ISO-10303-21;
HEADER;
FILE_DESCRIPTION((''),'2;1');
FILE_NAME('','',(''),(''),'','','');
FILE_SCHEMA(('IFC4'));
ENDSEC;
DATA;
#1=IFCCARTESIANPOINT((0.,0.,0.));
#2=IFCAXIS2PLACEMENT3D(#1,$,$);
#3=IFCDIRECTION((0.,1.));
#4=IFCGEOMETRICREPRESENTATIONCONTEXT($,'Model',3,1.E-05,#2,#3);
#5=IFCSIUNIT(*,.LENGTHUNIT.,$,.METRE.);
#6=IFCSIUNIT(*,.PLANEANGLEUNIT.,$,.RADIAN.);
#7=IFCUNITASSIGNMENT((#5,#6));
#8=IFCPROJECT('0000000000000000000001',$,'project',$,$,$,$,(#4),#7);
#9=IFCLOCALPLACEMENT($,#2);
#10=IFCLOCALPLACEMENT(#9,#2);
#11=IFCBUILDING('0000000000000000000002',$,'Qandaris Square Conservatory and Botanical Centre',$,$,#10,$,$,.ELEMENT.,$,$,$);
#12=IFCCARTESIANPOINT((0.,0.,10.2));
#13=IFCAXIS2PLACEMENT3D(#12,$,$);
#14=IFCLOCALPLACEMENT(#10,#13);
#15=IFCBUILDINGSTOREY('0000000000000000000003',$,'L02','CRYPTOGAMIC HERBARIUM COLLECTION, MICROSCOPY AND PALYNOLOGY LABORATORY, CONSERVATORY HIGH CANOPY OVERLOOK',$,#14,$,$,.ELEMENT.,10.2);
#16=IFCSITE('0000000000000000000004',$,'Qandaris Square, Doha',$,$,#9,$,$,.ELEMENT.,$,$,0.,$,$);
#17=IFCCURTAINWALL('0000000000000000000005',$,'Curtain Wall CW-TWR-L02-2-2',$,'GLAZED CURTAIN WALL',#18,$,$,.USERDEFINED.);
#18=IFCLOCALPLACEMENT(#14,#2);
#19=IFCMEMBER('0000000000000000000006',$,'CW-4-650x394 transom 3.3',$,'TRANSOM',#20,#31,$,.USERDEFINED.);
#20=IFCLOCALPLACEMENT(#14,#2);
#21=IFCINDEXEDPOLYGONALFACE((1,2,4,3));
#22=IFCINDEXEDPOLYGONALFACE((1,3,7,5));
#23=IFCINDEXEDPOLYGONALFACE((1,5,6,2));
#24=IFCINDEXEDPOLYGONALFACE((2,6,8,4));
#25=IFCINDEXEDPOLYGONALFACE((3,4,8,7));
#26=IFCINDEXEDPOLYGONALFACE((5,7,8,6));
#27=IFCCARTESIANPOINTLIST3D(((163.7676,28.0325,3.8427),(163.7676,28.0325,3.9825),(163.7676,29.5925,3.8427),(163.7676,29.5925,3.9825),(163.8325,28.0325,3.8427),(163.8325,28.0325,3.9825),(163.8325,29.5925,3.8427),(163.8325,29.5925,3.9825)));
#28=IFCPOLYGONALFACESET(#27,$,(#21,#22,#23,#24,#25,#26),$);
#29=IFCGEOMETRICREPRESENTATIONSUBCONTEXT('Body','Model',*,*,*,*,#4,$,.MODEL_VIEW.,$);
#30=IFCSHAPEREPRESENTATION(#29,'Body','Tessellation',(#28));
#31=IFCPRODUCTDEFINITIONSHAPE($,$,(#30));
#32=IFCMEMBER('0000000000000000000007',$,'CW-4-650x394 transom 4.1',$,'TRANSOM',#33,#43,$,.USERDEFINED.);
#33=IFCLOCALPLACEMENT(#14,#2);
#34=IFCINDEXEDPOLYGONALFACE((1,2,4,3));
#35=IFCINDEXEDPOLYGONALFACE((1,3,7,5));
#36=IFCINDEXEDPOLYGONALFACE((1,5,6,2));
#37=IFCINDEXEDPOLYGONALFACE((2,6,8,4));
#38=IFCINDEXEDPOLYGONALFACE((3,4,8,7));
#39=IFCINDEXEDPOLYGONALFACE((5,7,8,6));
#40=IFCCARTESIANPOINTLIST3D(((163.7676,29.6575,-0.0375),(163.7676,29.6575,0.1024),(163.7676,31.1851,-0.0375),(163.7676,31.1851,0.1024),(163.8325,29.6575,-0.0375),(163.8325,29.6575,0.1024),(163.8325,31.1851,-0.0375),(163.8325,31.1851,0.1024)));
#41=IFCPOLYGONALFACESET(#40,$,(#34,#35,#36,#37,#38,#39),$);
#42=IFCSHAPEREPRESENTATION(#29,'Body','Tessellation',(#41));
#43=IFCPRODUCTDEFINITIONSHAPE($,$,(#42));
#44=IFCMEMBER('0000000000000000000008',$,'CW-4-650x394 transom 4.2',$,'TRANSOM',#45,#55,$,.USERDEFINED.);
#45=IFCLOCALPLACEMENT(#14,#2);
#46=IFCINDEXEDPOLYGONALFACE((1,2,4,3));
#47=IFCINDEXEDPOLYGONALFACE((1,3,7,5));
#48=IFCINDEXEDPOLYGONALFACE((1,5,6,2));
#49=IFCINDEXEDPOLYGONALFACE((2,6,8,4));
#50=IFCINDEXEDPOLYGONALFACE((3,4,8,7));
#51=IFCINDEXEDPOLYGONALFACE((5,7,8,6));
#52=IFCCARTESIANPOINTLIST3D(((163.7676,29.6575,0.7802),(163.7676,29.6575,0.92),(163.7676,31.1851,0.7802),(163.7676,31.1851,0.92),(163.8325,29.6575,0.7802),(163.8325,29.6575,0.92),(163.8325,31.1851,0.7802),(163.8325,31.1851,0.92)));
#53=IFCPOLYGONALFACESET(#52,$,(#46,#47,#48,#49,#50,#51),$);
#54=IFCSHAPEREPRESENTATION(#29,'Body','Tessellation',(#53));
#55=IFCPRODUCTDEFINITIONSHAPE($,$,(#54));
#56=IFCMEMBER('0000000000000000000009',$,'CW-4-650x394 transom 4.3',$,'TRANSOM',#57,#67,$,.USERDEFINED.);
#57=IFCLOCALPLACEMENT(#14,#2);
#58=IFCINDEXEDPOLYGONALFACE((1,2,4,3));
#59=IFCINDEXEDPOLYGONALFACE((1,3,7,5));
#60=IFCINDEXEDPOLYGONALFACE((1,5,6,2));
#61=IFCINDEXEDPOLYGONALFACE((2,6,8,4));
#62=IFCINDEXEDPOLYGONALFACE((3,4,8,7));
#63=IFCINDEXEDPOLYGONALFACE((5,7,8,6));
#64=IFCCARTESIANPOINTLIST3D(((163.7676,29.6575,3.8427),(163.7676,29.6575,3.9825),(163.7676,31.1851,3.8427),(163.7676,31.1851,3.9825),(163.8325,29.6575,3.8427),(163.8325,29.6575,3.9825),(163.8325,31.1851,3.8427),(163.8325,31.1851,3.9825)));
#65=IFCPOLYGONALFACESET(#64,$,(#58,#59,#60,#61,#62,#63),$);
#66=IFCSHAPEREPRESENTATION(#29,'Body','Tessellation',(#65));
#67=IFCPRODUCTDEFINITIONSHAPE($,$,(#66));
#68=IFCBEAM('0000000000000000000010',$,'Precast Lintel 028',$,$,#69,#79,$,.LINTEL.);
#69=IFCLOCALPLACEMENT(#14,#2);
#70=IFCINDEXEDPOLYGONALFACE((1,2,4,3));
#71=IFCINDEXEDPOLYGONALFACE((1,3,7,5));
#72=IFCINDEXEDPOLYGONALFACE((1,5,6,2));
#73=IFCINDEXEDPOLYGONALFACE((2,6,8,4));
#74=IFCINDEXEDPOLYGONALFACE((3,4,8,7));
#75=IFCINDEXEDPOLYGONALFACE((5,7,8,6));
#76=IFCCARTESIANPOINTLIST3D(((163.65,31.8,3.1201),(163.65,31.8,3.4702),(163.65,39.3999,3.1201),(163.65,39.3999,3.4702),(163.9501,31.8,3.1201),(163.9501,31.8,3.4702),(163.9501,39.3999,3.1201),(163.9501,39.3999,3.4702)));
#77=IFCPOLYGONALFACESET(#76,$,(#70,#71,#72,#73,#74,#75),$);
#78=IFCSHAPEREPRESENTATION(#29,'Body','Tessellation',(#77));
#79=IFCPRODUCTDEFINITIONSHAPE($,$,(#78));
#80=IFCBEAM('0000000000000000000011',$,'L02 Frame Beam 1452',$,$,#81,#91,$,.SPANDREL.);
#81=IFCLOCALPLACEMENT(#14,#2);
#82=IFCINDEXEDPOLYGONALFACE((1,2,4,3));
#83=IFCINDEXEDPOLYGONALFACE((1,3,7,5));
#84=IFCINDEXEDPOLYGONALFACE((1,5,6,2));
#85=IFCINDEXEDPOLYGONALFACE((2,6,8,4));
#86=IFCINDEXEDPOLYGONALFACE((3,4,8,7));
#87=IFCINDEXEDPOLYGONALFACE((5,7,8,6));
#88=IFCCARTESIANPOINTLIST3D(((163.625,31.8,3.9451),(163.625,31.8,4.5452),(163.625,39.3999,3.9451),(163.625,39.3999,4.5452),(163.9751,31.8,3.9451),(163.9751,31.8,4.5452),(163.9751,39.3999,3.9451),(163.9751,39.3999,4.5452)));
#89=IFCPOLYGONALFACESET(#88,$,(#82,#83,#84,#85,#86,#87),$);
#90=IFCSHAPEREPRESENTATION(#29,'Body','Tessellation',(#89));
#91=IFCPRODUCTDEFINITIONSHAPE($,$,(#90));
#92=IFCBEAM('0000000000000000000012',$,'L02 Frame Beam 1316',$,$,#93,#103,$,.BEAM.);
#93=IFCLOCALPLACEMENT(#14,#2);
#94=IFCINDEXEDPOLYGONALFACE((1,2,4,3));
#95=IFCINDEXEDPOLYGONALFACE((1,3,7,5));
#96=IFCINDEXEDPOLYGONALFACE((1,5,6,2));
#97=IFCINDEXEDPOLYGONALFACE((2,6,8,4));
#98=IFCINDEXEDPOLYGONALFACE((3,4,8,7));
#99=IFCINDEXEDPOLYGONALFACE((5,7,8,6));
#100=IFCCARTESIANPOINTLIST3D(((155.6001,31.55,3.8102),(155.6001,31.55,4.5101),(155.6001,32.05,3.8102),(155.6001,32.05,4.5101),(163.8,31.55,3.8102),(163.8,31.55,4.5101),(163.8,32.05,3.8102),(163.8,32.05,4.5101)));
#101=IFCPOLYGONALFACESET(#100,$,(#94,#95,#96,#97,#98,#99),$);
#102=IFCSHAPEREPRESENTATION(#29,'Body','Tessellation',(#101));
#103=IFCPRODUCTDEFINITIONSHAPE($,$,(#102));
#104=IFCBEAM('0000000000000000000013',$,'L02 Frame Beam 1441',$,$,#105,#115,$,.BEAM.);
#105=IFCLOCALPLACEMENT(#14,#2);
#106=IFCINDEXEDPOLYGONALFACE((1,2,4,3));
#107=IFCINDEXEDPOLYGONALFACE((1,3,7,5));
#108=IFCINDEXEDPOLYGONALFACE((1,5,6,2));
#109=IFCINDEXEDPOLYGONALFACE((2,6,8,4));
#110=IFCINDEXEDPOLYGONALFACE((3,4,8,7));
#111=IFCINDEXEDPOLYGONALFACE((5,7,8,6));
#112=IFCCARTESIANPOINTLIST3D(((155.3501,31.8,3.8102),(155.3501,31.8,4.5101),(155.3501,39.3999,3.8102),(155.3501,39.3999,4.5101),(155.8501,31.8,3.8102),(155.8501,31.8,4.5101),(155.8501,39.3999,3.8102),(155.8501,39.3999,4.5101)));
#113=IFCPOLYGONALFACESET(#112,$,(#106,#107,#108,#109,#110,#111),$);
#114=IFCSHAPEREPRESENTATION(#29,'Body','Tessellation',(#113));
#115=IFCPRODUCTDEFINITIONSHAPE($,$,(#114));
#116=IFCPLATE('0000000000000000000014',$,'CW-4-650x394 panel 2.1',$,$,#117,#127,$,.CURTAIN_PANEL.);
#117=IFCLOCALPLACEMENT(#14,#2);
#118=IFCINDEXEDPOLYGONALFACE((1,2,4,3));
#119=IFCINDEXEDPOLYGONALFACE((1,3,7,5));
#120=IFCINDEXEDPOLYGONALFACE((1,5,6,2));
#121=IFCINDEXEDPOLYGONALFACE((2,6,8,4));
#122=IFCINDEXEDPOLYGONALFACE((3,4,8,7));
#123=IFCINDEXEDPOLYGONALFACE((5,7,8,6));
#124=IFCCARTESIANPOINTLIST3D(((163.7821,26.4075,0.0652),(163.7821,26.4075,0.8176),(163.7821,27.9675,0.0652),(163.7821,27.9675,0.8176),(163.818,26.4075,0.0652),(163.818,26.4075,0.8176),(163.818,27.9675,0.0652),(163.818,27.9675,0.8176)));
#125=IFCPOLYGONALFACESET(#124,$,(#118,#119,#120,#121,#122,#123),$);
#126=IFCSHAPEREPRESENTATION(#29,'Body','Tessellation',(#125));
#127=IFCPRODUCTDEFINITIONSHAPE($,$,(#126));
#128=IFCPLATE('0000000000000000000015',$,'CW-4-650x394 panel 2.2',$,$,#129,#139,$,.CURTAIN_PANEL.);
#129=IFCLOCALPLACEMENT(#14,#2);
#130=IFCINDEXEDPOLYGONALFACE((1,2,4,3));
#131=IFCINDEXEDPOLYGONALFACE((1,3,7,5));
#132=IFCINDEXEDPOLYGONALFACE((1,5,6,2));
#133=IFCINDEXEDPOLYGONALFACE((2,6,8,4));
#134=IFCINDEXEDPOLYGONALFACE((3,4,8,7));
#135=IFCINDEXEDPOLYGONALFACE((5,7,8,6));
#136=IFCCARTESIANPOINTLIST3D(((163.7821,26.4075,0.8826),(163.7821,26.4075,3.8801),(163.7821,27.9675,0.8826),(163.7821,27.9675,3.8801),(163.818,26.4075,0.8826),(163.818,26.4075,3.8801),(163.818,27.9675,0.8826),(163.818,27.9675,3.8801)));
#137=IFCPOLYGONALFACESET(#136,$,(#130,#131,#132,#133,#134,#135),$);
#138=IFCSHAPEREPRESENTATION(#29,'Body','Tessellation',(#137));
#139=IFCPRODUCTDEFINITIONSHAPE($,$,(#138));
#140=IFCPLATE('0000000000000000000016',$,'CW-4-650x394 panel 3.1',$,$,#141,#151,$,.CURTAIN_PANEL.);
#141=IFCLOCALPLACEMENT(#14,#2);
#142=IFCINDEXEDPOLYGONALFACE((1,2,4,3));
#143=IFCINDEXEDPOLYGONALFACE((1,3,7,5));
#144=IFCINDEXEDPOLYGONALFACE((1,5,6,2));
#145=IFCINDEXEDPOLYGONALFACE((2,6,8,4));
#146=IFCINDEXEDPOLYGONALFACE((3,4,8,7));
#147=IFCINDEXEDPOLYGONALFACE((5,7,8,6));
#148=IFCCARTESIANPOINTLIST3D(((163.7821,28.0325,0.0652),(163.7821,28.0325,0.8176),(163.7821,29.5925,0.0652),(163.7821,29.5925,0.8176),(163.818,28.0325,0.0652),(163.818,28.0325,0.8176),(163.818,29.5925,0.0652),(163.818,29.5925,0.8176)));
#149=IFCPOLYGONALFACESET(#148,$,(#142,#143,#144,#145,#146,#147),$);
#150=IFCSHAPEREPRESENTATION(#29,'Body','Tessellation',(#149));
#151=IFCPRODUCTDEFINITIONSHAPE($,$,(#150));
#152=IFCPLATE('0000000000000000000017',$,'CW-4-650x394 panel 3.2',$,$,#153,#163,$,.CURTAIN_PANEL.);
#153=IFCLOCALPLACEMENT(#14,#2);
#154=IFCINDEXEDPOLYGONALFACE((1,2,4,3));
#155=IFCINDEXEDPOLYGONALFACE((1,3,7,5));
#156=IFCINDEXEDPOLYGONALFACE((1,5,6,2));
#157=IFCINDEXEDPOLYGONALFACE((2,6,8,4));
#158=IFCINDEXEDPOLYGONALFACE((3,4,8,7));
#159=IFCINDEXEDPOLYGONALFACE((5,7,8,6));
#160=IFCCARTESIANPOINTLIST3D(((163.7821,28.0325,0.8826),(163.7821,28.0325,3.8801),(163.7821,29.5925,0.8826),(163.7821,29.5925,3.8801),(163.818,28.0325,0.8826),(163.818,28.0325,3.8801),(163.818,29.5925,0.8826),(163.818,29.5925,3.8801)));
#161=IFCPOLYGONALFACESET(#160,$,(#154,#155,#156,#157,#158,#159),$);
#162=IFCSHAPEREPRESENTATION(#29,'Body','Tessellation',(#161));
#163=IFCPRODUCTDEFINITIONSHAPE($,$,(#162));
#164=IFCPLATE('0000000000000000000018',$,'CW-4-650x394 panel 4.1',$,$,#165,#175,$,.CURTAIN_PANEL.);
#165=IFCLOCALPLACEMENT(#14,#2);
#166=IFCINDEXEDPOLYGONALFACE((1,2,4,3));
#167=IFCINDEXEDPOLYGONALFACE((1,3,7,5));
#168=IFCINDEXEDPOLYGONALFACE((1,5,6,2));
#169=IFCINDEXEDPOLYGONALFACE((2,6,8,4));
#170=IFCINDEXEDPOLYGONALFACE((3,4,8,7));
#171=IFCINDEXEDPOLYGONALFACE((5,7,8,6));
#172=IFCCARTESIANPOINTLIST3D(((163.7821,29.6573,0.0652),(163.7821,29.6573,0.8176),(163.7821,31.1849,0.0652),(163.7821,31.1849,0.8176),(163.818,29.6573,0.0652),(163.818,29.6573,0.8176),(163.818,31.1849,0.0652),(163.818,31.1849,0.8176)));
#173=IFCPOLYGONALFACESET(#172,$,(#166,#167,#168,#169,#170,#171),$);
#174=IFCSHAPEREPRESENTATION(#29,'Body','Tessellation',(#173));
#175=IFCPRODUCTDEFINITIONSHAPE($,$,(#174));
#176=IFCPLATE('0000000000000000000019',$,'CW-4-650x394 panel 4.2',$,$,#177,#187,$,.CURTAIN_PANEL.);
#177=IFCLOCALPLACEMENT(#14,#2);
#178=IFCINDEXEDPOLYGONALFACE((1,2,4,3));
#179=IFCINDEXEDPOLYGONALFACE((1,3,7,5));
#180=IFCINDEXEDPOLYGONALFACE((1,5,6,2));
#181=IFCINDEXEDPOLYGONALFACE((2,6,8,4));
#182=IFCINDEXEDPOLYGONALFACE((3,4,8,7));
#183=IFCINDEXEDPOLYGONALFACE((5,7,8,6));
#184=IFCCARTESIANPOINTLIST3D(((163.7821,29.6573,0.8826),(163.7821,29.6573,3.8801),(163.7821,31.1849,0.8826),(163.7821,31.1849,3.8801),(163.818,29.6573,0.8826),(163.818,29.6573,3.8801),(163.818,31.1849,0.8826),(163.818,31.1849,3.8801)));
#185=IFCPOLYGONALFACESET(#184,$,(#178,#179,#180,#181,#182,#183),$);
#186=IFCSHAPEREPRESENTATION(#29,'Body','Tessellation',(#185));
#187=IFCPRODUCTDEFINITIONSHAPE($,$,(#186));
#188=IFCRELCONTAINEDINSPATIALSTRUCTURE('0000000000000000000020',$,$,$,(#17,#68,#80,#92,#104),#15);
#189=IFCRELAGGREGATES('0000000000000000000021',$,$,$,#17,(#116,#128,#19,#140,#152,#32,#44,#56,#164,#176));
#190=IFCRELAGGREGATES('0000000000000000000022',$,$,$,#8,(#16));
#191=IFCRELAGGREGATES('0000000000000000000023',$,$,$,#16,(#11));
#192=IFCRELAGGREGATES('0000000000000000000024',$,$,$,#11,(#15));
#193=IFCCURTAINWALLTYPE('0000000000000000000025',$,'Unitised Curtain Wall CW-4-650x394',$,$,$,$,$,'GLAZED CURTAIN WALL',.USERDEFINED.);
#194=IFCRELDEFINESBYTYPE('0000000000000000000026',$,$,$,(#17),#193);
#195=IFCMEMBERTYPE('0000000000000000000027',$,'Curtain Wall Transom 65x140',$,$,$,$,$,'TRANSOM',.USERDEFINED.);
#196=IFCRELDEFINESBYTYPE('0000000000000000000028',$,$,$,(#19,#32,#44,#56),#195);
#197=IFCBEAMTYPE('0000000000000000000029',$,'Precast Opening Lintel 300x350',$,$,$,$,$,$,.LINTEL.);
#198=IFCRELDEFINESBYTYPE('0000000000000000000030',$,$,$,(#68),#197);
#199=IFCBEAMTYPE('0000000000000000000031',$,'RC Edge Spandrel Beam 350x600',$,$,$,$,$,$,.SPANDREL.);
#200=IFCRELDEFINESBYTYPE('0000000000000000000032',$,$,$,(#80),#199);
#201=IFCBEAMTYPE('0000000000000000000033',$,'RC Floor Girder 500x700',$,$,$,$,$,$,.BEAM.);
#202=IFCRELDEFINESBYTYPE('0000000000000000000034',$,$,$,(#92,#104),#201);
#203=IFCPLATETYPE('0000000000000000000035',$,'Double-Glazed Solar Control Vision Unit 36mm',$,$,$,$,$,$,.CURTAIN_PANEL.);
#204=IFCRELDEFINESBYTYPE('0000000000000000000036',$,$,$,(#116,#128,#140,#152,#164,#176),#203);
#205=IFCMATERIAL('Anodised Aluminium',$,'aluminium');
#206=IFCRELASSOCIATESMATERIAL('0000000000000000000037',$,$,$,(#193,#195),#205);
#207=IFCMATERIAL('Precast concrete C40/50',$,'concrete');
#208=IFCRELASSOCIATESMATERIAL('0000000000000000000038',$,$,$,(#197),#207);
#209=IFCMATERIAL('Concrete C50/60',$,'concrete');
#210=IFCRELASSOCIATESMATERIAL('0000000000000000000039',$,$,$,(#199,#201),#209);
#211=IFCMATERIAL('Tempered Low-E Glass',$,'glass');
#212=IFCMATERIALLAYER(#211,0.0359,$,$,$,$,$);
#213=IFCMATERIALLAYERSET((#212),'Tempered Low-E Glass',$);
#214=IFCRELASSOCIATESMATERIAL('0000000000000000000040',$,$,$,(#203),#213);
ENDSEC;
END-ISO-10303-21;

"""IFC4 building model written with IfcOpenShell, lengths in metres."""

from ifc_helpers import new_model, si_unit, direction, frame, origin, origin_2d, place, context, subcontext, project, spatial, rectangle, extrude, material, layer, layer_set, material_profile, profile_set, type_object, element, aggregate, save


model = new_model("IFC4")

# Units and contexts
model_context = context("Model", 3, precision=1e-05, world=origin(), true_north=direction((0.0, 1.0)))
body_context = subcontext(model_context, "Body", "Model", "MODEL_VIEW")
ifc_project = project(units=[si_unit("LENGTHUNIT", "METRE"), si_unit("PLANEANGLEUNIT", "RADIAN")], contexts=[model_context])

# Site, building, storey
site_placement = place(None, origin())
site = spatial("IfcSite", under=ifc_project, at=site_placement, Name="Qandaris Square, Doha", CompositionType="ELEMENT", RefElevation=0.0)
building_placement = place(site_placement, origin())
building = spatial("IfcBuilding", under=site, at=building_placement, Name="Qandaris Square Conservatory and Botanical Centre", CompositionType="ELEMENT")
storey_placement = place(building_placement, frame((0.0, 0.0, 10.2)))
storey = spatial("IfcBuildingStorey", under=building, at=storey_placement, Name="L02", Description="CRYPTOGAMIC HERBARIUM COLLECTION, MICROSCOPY AND PALYNOLOGY LABORATORY, CONSERVATORY HIGH CANOPY OVERLOOK", CompositionType="ELEMENT", Elevation=10.2)

# Shared definitions
ifc_material_1 = material(Name="Concrete C50/60", Category="concrete")

# Curtain wall, members
ifc_material_2 = material(Name="Anodised Aluminium", Category="aluminium")
curtain_wall_type = type_object("IfcCurtainWallType", Name="Unitised Curtain Wall CW-4-650x394", ElementType="GLAZED CURTAIN WALL", PredefinedType="USERDEFINED", material=ifc_material_2)
curtain_wall_placement = place(storey_placement, origin())
curtain_wall = element("IfcCurtainWall", 1, at=curtain_wall_placement, inside=storey, type_object=curtain_wall_type, Name="Curtain Wall CW-TWR-L02-2-2", ObjectType="GLAZED CURTAIN WALL", PredefinedType="USERDEFINED")
ifc_material_profile_1 = material_profile(ifc_material_2, rectangle(XDim=0.0649, YDim=0.1399, at=origin_2d()), Name="ALU-TRN 65x140")
ifc_profile_set_1 = profile_set([ifc_material_profile_1], Name="Anodised Aluminium")
member_type_1 = type_object("IfcMemberType", Name="Curtain Wall Transom 65x140", ElementType="TRANSOM", PredefinedType="USERDEFINED", material=ifc_profile_set_1)
member_1_placement = place(storey_placement, frame((163.8, 28.0325, 3.9126), z_axis=(0.0, 1.0, 0.0), x_axis=(-1.0, 0.0, 0.0)))
member_1 = element("IfcMember", 2, at=member_1_placement, type_object=member_type_1, Name="CW-4-650x394 transom 3.3", ObjectType="TRANSOM", PredefinedType="USERDEFINED", context=body_context, shape_type="SweptSolid", body=[
    extrude(rectangle(XDim=0.0649, YDim=0.1399, at=origin_2d()), origin(), (0.0, 0.0, 1.0), 1.5601),
])
member_2_placement = place(storey_placement, frame((163.8, 29.6575, 0.0325), z_axis=(0.0, 1.0, 0.0), x_axis=(-1.0, 0.0, 0.0)))
member_2 = element("IfcMember", 3, at=member_2_placement, type_object=member_type_1, Name="CW-4-650x394 transom 4.1", ObjectType="TRANSOM", PredefinedType="USERDEFINED", context=body_context, shape_type="SweptSolid", body=[
    extrude(rectangle(XDim=0.0649, YDim=0.1399, at=origin_2d()), origin(), (0.0, 0.0, 1.0), 1.5276),
])
member_3_placement = place(storey_placement, frame((163.8, 29.6575, 0.8501), z_axis=(0.0, 1.0, 0.0), x_axis=(-1.0, 0.0, 0.0)))
member_3 = element("IfcMember", 4, at=member_3_placement, type_object=member_type_1, Name="CW-4-650x394 transom 4.2", ObjectType="TRANSOM", PredefinedType="USERDEFINED", context=body_context, shape_type="SweptSolid", body=[
    extrude(rectangle(XDim=0.0649, YDim=0.1399, at=origin_2d()), origin(), (0.0, 0.0, 1.0), 1.5276),
])
member_4_placement = place(storey_placement, frame((163.8, 29.6575, 3.9126), z_axis=(0.0, 1.0, 0.0), x_axis=(-1.0, 0.0, 0.0)))
member_4 = element("IfcMember", 5, at=member_4_placement, type_object=member_type_1, Name="CW-4-650x394 transom 4.3", ObjectType="TRANSOM", PredefinedType="USERDEFINED", context=body_context, shape_type="SweptSolid", body=[
    extrude(rectangle(XDim=0.0649, YDim=0.1399, at=origin_2d()), origin(), (0.0, 0.0, 1.0), 1.5276),
])

# Beams
ifc_material_3 = material(Name="Precast concrete C40/50", Category="concrete")
ifc_material_profile_2 = material_profile(ifc_material_3, rectangle(XDim=0.3, YDim=0.3501, at=origin_2d()), Name="RC-LN 300x350")
ifc_profile_set_2 = profile_set([ifc_material_profile_2], Name="Precast concrete C40/50")
beam_type_1 = type_object("IfcBeamType", Name="Precast Opening Lintel 300x350", PredefinedType="LINTEL", material=ifc_profile_set_2)
beam_1_placement = place(storey_placement, frame((163.8, 31.8, 3.2952), z_axis=(0.0, 1.0, 0.0), x_axis=(-1.0, 0.0, 0.0)))
element("IfcBeam", 6, at=beam_1_placement, inside=storey, type_object=beam_type_1, Name="Precast Lintel 028", PredefinedType="LINTEL", context=body_context, shape_type="SweptSolid", body=[
    extrude(rectangle(XDim=0.3, YDim=0.3501, at=origin_2d()), origin(), (0.0, 0.0, 1.0), 7.5999),
])
ifc_material_profile_3 = material_profile(ifc_material_1, rectangle(XDim=0.3501, YDim=0.6001, at=origin_2d()), Name="RC-SP 350x600")
ifc_profile_set_3 = profile_set([ifc_material_profile_3], Name="Concrete C50/60")
beam_type_2 = type_object("IfcBeamType", Name="RC Edge Spandrel Beam 350x600", PredefinedType="SPANDREL", material=ifc_profile_set_3)
beam_2_placement = place(storey_placement, frame((163.8, 31.8, 4.2451), z_axis=(0.0, 1.0, 0.0), x_axis=(-1.0, 0.0, 0.0)))
element("IfcBeam", 7, at=beam_2_placement, inside=storey, type_object=beam_type_2, Name="L02 Frame Beam 1452", PredefinedType="SPANDREL", context=body_context, shape_type="SweptSolid", body=[
    extrude(rectangle(XDim=0.3501, YDim=0.6001, at=origin_2d()), origin(), (0.0, 0.0, 1.0), 7.5999),
])
ifc_material_profile_4 = material_profile(ifc_material_1, rectangle(XDim=0.5, YDim=0.7, at=origin_2d()), Name="RC-BM 500x700")
ifc_profile_set_4 = profile_set([ifc_material_profile_4], Name="Concrete C50/60")
beam_type_3 = type_object("IfcBeamType", Name="RC Floor Girder 500x700", PredefinedType="BEAM", material=ifc_profile_set_4)
beam_3_placement = place(storey_placement, frame((155.6001, 31.8, 4.1602), z_axis=(1.0, 0.0, 0.0), x_axis=(0.0, 1.0, 0.0)))
element("IfcBeam", 8, at=beam_3_placement, inside=storey, type_object=beam_type_3, Name="L02 Frame Beam 1316", PredefinedType="BEAM", context=body_context, shape_type="SweptSolid", body=[
    extrude(rectangle(XDim=0.5, YDim=0.7, at=origin_2d()), origin(), (0.0, 0.0, 1.0), 8.2),
])
beam_4_placement = place(storey_placement, frame((155.6001, 31.8, 4.1602), z_axis=(0.0, 1.0, 0.0), x_axis=(-1.0, 0.0, 0.0)))
element("IfcBeam", 9, at=beam_4_placement, inside=storey, type_object=beam_type_3, Name="L02 Frame Beam 1441", PredefinedType="BEAM", context=body_context, shape_type="SweptSolid", body=[
    extrude(rectangle(XDim=0.5, YDim=0.7, at=origin_2d()), origin(), (0.0, 0.0, 1.0), 7.5999),
])

# Plates
ifc_material_4 = material(Name="Tempered Low-E Glass", Category="glass")
ifc_layer_1 = layer(ifc_material_4, 0.0359)
ifc_layer_set_1 = layer_set([ifc_layer_1], Name="Tempered Low-E Glass")
plate_type_1 = type_object("IfcPlateType", Name="Double-Glazed Solar Control Vision Unit 36mm", PredefinedType="CURTAIN_PANEL", material=ifc_layer_set_1)
plate_1_placement = place(storey_placement, frame((163.8, 27.1875, 0.0652), z_axis=(0.0, 0.0, 1.0), x_axis=(0.0, 1.0, 0.0)))
plate_1 = element("IfcPlate", 10, at=plate_1_placement, type_object=plate_type_1, Name="CW-4-650x394 panel 2.1", PredefinedType="CURTAIN_PANEL", context=body_context, shape_type="SweptSolid", body=[
    extrude(rectangle(XDim=1.5601, YDim=0.0359, at=origin_2d()), origin(), (0.0, 0.0, 1.0), 0.7524),
])
plate_2_placement = place(storey_placement, frame((163.8, 27.1875, 0.8826), z_axis=(0.0, 0.0, 1.0), x_axis=(0.0, 1.0, 0.0)))
plate_2 = element("IfcPlate", 11, at=plate_2_placement, type_object=plate_type_1, Name="CW-4-650x394 panel 2.2", PredefinedType="CURTAIN_PANEL", context=body_context, shape_type="SweptSolid", body=[
    extrude(rectangle(XDim=1.5601, YDim=0.0359, at=origin_2d()), origin(), (0.0, 0.0, 1.0), 2.9976),
])
plate_3_placement = place(storey_placement, frame((163.8, 28.8125, 0.0652), z_axis=(0.0, 0.0, 1.0), x_axis=(0.0, 1.0, 0.0)))
plate_3 = element("IfcPlate", 12, at=plate_3_placement, type_object=plate_type_1, Name="CW-4-650x394 panel 3.1", PredefinedType="CURTAIN_PANEL", context=body_context, shape_type="SweptSolid", body=[
    extrude(rectangle(XDim=1.5601, YDim=0.0359, at=origin_2d()), origin(), (0.0, 0.0, 1.0), 0.7524),
])
plate_4_placement = place(storey_placement, frame((163.8, 28.8125, 0.8826), z_axis=(0.0, 0.0, 1.0), x_axis=(0.0, 1.0, 0.0)))
plate_4 = element("IfcPlate", 13, at=plate_4_placement, type_object=plate_type_1, Name="CW-4-650x394 panel 3.2", PredefinedType="CURTAIN_PANEL", context=body_context, shape_type="SweptSolid", body=[
    extrude(rectangle(XDim=1.5601, YDim=0.0359, at=origin_2d()), origin(), (0.0, 0.0, 1.0), 2.9976),
])
plate_5_placement = place(storey_placement, frame((163.8, 30.4211, 0.0652), z_axis=(0.0, 0.0, 1.0), x_axis=(0.0, 1.0, 0.0)))
plate_5 = element("IfcPlate", 14, at=plate_5_placement, type_object=plate_type_1, Name="CW-4-650x394 panel 4.1", PredefinedType="CURTAIN_PANEL", context=body_context, shape_type="SweptSolid", body=[
    extrude(rectangle(XDim=1.5276, YDim=0.0359, at=origin_2d()), origin(), (0.0, 0.0, 1.0), 0.7524),
])
plate_6_placement = place(storey_placement, frame((163.8, 30.4211, 0.8826), z_axis=(0.0, 0.0, 1.0), x_axis=(0.0, 1.0, 0.0)))
plate_6 = element("IfcPlate", 15, at=plate_6_placement, type_object=plate_type_1, Name="CW-4-650x394 panel 4.2", PredefinedType="CURTAIN_PANEL", context=body_context, shape_type="SweptSolid", body=[
    extrude(rectangle(XDim=1.5276, YDim=0.0359, at=origin_2d()), origin(), (0.0, 0.0, 1.0), 2.9976),
])
aggregate(curtain_wall, [plate_1, plate_2, member_1, plate_3, plate_4, member_2, member_3, member_4, plate_5, plate_6])

save(model, "model.ifc")
